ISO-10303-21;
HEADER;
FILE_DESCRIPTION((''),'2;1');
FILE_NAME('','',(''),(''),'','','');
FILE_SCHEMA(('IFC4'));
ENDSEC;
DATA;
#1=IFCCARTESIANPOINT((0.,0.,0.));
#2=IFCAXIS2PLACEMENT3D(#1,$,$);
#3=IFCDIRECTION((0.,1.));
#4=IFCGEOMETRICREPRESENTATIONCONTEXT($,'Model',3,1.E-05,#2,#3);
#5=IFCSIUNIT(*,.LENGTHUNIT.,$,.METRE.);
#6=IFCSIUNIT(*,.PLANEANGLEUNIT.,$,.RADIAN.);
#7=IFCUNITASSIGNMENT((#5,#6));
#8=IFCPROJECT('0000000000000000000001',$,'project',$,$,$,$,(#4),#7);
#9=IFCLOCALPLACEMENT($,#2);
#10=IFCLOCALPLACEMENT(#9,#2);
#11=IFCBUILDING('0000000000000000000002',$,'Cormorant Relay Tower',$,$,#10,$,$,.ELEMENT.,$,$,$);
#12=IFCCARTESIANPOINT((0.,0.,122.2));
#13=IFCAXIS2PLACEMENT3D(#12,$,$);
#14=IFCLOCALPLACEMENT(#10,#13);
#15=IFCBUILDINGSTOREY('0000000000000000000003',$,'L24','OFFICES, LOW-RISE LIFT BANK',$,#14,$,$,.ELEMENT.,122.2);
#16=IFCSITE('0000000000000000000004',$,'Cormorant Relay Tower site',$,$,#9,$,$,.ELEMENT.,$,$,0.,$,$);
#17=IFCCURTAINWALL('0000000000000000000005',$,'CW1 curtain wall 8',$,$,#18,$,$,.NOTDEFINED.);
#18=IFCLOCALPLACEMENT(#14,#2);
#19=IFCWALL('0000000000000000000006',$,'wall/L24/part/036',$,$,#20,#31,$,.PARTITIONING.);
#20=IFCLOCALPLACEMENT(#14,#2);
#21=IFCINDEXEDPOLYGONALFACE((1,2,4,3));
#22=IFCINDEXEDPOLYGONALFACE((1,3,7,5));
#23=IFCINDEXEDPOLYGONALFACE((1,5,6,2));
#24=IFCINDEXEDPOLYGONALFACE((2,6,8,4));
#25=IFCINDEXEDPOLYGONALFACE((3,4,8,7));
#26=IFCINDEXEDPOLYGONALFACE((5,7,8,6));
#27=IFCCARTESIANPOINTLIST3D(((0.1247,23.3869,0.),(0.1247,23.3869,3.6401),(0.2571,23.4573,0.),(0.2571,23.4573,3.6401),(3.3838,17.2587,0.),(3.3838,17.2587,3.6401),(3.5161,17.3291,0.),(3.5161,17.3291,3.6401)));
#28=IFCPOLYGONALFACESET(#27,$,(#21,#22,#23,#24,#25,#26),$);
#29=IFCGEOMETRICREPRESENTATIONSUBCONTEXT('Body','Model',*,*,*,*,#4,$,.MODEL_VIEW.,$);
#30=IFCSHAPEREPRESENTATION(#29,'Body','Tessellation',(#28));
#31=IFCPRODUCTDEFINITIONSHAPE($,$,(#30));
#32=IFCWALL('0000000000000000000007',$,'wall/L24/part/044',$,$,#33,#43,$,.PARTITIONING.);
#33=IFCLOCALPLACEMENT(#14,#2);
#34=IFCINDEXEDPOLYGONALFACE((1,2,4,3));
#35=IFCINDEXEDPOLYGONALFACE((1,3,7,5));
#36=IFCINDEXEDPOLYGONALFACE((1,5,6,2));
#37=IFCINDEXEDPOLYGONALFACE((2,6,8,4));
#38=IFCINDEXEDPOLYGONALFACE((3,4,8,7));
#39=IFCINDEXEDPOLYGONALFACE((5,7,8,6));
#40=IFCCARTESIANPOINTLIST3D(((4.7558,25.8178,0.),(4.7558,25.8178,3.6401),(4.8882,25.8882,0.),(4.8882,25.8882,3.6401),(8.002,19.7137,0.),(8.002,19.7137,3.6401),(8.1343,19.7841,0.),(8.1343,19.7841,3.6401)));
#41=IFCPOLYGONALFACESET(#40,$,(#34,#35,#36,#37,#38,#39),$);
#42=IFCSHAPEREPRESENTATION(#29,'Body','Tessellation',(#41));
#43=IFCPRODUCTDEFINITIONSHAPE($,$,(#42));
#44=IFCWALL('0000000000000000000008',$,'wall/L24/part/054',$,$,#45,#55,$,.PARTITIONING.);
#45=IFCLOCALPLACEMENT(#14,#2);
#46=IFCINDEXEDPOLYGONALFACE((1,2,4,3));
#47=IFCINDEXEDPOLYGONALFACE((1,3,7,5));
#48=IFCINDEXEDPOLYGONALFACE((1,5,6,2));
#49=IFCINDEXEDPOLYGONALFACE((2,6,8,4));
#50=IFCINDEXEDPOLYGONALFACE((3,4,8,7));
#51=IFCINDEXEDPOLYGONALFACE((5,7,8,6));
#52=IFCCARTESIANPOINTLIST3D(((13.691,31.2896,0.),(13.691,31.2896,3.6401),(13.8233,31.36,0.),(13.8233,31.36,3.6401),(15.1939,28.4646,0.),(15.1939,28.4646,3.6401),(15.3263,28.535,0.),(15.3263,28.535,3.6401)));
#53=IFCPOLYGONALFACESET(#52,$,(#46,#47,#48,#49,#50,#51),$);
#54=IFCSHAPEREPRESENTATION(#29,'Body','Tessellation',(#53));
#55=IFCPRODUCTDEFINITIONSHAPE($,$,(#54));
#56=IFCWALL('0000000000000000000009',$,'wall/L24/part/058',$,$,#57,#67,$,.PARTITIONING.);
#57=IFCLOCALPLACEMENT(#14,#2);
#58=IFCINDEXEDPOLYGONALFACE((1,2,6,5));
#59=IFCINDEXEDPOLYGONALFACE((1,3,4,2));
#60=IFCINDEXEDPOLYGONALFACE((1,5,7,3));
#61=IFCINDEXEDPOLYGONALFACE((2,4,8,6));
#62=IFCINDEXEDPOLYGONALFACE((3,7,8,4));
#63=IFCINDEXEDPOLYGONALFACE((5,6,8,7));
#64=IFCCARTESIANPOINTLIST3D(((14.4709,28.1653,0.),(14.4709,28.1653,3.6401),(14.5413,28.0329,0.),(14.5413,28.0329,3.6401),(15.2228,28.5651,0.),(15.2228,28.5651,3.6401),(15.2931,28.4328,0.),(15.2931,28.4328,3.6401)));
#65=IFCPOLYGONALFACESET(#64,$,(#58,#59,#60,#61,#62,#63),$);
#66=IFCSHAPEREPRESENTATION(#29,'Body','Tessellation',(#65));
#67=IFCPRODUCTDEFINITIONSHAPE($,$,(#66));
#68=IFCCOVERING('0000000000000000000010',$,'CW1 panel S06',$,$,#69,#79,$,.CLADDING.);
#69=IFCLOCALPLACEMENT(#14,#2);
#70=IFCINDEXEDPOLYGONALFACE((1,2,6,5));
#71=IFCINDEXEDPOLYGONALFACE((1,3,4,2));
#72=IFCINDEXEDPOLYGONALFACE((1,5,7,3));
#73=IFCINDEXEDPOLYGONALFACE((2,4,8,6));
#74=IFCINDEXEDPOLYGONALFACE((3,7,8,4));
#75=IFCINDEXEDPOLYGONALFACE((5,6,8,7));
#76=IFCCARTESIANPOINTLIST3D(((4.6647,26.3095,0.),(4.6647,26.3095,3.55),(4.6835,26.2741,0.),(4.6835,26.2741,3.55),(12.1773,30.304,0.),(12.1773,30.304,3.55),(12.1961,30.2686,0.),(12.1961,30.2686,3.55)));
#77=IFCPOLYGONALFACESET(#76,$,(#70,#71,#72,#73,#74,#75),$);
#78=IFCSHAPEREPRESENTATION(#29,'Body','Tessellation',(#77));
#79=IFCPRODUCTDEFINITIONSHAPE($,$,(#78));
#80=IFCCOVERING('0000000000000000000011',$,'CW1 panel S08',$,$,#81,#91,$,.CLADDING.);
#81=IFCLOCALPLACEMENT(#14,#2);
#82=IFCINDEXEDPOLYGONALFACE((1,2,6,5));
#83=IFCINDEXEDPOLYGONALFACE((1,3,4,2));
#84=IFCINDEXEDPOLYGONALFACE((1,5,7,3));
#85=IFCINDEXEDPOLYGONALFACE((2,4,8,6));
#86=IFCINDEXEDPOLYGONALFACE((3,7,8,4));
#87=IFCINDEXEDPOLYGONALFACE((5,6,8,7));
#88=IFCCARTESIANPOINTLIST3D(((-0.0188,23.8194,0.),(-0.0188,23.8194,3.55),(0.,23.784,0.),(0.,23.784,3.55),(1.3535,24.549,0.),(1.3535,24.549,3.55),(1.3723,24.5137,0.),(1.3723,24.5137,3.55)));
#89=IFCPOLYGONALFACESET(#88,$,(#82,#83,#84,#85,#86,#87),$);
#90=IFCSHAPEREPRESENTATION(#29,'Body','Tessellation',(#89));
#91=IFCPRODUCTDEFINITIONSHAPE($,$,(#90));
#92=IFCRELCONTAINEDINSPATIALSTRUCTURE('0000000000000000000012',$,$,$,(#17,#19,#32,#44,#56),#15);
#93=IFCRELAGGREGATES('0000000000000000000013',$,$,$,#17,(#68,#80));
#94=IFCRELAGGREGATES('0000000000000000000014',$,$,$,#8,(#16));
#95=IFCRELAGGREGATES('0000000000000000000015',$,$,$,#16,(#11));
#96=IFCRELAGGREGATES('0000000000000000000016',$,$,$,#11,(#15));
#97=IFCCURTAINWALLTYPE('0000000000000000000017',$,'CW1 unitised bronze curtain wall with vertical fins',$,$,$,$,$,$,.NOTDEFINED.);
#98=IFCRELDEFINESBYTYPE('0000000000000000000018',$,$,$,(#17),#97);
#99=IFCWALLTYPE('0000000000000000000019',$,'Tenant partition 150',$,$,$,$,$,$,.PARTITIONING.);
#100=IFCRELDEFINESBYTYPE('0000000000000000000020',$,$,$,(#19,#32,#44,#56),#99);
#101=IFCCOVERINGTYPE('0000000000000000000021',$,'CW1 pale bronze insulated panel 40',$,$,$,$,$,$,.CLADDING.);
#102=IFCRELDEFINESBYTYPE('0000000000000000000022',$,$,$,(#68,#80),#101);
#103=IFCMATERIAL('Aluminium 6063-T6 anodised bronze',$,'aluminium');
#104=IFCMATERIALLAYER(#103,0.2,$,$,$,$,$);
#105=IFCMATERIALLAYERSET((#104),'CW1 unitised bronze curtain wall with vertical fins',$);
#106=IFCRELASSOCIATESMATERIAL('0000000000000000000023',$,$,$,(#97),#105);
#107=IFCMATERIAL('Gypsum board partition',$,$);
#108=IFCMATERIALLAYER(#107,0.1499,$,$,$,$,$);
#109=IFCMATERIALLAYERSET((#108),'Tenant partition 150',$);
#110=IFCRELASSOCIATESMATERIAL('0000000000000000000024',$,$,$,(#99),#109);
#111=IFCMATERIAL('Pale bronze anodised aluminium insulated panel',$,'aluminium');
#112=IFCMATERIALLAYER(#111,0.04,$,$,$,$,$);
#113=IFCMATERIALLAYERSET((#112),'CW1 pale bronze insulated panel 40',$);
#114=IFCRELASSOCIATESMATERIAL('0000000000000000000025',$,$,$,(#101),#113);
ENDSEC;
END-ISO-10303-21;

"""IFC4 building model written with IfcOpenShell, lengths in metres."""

from ifc_helpers import new_model, si_unit, direction, frame, frame_2d, origin, origin_2d, place, context, subcontext, project, spatial, rectangle, extrude, material, layer, layer_set, type_object, element, aggregate, save


model = new_model("IFC4")

# Units and contexts
model_context = context("Model", 3, precision=1e-05, world=origin(), true_north=direction((0.0, 1.0)))
body_context = subcontext(model_context, "Body", "Model", "MODEL_VIEW")
ifc_project = project(units=[si_unit("LENGTHUNIT", "METRE"), si_unit("PLANEANGLEUNIT", "RADIAN")], contexts=[model_context])

# Site, building, storey
site_placement = place(None, origin())
site = spatial("IfcSite", under=ifc_project, at=site_placement, Name="Cormorant Relay Tower site", CompositionType="ELEMENT", RefElevation=0.0)
building_placement = place(site_placement, origin())
building = spatial("IfcBuilding", under=site, at=building_placement, Name="Cormorant Relay Tower", CompositionType="ELEMENT")
storey_placement = place(building_placement, frame((0.0, 0.0, 122.2)))
storey = spatial("IfcBuildingStorey", under=building, at=storey_placement, Name="L24", Description="OFFICES, LOW-RISE LIFT BANK", CompositionType="ELEMENT", Elevation=122.2)

# Curtain wall
ifc_material_1 = material(Name="Aluminium 6063-T6 anodised bronze", Category="aluminium")
ifc_layer_1 = layer(ifc_material_1, 0.2)
ifc_layer_set_1 = layer_set([ifc_layer_1], Name="CW1 unitised bronze curtain wall with vertical fins")
curtain_wall_type = type_object("IfcCurtainWallType", Name="CW1 unitised bronze curtain wall with vertical fins", PredefinedType="NOTDEFINED", material=ifc_layer_set_1)
curtain_wall_1_placement = place(storey_placement, origin())
curtain_wall_1 = element("IfcCurtainWall", 1, at=curtain_wall_1_placement, inside=storey, type_object=curtain_wall_type, Name="CW1 curtain wall 8", PredefinedType="NOTDEFINED")

# Walls
ifc_material_2 = material(Name="Gypsum board partition")
ifc_layer_2 = layer(ifc_material_2, 0.1499)
ifc_layer_set_2 = layer_set([ifc_layer_2], Name="Tenant partition 150")
wall_type_1 = type_object("IfcWallType", Name="Tenant partition 150", PredefinedType="PARTITIONING", material=ifc_layer_set_2)
wall_1_placement = place(storey_placement, frame((0.1909, 23.4221, 0.0), z_axis=(0.0, 0.0, 1.0), x_axis=(0.469542, -0.88291, 0.0)))
element("IfcWall", 2, at=wall_1_placement, inside=storey, type_object=wall_type_1, Name="wall/L24/part/036", PredefinedType="PARTITIONING", context=body_context, shape_type="SweptSolid", body=[
    extrude(rectangle(XDim=6.9409, YDim=0.1499, at=frame_2d((3.4705, 0.0))), origin(), (0.0, 0.0, 1.0), 3.6401),
])
wall_2_placement = place(storey_placement, frame((4.822, 25.853, 0.0), z_axis=(0.0, 0.0, 1.0), x_axis=(0.469532, -0.882915, 0.0)))
element("IfcWall", 3, at=wall_2_placement, inside=storey, type_object=wall_type_1, Name="wall/L24/part/044", PredefinedType="PARTITIONING", context=body_context, shape_type="SweptSolid", body=[
    extrude(rectangle(XDim=6.9136, YDim=0.1499, at=frame_2d((3.4568, 0.0))), origin(), (0.0, 0.0, 1.0), 3.6401),
])
wall_3_placement = place(storey_placement, frame((13.7571, 31.325, 0.0), z_axis=(0.0, 0.0, 1.0), x_axis=(0.469685, -0.882834, 0.0)))
element("IfcWall", 4, at=wall_3_placement, inside=storey, type_object=wall_type_1, Name="wall/L24/part/054", PredefinedType="PARTITIONING", context=body_context, shape_type="SweptSolid", body=[
    extrude(rectangle(XDim=3.2, YDim=0.1499, at=frame_2d((1.6001, 0.0))), origin(), (0.0, 0.0, 1.0), 3.6401),
])
wall_4_placement = place(storey_placement, frame((14.5061, 28.0991, 0.0), z_axis=(0.0, 0.0, 1.0), x_axis=(0.882908, 0.469546, 0.0)))
element("IfcWall", 5, at=wall_4_placement, inside=storey, type_object=wall_type_1, Name="wall/L24/part/058", PredefinedType="PARTITIONING", context=body_context, shape_type="SweptSolid", body=[
    extrude(rectangle(XDim=0.8516, YDim=0.1499, at=frame_2d((0.4258, 0.0))), origin(), (0.0, 0.0, 1.0), 3.6401),
])

# Coverings
ifc_material_3 = material(Name="Pale bronze anodised aluminium insulated panel", Category="aluminium")
ifc_layer_3 = layer(ifc_material_3, 0.04)
ifc_layer_set_3 = layer_set([ifc_layer_3], Name="CW1 pale bronze insulated panel 40")
covering_type = type_object("IfcCoveringType", Name="CW1 pale bronze insulated panel 40", PredefinedType="CLADDING", material=ifc_layer_set_3)
covering_1_placement = place(storey_placement, frame((8.4304, 28.2891, 0.0), z_axis=(0.0, 0.0, 1.0), x_axis=(-0.882948, -0.469472, 0.0)))
covering_1 = element("IfcCovering", 6, at=covering_1_placement, type_object=covering_type, Name="CW1 panel S06", PredefinedType="CLADDING", context=body_context, shape_type="SweptSolid", body=[
    extrude(rectangle(XDim=8.5085, YDim=0.04, at=origin_2d()), origin(), (0.0, 0.0, 1.0), 3.55),
])
covering_2_placement = place(storey_placement, frame((0.6768, 24.1665, 0.0), z_axis=(0.0, 0.0, 1.0), x_axis=(-0.882948, -0.469472, 0.0)))
covering_2 = element("IfcCovering", 7, at=covering_2_placement, type_object=covering_type, Name="CW1 panel S08", PredefinedType="CLADDING", context=body_context, shape_type="SweptSolid", body=[
    extrude(rectangle(XDim=1.5542, YDim=0.04, at=origin_2d()), origin(), (0.0, 0.0, 1.0), 3.55),
])
aggregate(curtain_wall_1, [covering_1, covering_2])

save(model, "model.ifc")
